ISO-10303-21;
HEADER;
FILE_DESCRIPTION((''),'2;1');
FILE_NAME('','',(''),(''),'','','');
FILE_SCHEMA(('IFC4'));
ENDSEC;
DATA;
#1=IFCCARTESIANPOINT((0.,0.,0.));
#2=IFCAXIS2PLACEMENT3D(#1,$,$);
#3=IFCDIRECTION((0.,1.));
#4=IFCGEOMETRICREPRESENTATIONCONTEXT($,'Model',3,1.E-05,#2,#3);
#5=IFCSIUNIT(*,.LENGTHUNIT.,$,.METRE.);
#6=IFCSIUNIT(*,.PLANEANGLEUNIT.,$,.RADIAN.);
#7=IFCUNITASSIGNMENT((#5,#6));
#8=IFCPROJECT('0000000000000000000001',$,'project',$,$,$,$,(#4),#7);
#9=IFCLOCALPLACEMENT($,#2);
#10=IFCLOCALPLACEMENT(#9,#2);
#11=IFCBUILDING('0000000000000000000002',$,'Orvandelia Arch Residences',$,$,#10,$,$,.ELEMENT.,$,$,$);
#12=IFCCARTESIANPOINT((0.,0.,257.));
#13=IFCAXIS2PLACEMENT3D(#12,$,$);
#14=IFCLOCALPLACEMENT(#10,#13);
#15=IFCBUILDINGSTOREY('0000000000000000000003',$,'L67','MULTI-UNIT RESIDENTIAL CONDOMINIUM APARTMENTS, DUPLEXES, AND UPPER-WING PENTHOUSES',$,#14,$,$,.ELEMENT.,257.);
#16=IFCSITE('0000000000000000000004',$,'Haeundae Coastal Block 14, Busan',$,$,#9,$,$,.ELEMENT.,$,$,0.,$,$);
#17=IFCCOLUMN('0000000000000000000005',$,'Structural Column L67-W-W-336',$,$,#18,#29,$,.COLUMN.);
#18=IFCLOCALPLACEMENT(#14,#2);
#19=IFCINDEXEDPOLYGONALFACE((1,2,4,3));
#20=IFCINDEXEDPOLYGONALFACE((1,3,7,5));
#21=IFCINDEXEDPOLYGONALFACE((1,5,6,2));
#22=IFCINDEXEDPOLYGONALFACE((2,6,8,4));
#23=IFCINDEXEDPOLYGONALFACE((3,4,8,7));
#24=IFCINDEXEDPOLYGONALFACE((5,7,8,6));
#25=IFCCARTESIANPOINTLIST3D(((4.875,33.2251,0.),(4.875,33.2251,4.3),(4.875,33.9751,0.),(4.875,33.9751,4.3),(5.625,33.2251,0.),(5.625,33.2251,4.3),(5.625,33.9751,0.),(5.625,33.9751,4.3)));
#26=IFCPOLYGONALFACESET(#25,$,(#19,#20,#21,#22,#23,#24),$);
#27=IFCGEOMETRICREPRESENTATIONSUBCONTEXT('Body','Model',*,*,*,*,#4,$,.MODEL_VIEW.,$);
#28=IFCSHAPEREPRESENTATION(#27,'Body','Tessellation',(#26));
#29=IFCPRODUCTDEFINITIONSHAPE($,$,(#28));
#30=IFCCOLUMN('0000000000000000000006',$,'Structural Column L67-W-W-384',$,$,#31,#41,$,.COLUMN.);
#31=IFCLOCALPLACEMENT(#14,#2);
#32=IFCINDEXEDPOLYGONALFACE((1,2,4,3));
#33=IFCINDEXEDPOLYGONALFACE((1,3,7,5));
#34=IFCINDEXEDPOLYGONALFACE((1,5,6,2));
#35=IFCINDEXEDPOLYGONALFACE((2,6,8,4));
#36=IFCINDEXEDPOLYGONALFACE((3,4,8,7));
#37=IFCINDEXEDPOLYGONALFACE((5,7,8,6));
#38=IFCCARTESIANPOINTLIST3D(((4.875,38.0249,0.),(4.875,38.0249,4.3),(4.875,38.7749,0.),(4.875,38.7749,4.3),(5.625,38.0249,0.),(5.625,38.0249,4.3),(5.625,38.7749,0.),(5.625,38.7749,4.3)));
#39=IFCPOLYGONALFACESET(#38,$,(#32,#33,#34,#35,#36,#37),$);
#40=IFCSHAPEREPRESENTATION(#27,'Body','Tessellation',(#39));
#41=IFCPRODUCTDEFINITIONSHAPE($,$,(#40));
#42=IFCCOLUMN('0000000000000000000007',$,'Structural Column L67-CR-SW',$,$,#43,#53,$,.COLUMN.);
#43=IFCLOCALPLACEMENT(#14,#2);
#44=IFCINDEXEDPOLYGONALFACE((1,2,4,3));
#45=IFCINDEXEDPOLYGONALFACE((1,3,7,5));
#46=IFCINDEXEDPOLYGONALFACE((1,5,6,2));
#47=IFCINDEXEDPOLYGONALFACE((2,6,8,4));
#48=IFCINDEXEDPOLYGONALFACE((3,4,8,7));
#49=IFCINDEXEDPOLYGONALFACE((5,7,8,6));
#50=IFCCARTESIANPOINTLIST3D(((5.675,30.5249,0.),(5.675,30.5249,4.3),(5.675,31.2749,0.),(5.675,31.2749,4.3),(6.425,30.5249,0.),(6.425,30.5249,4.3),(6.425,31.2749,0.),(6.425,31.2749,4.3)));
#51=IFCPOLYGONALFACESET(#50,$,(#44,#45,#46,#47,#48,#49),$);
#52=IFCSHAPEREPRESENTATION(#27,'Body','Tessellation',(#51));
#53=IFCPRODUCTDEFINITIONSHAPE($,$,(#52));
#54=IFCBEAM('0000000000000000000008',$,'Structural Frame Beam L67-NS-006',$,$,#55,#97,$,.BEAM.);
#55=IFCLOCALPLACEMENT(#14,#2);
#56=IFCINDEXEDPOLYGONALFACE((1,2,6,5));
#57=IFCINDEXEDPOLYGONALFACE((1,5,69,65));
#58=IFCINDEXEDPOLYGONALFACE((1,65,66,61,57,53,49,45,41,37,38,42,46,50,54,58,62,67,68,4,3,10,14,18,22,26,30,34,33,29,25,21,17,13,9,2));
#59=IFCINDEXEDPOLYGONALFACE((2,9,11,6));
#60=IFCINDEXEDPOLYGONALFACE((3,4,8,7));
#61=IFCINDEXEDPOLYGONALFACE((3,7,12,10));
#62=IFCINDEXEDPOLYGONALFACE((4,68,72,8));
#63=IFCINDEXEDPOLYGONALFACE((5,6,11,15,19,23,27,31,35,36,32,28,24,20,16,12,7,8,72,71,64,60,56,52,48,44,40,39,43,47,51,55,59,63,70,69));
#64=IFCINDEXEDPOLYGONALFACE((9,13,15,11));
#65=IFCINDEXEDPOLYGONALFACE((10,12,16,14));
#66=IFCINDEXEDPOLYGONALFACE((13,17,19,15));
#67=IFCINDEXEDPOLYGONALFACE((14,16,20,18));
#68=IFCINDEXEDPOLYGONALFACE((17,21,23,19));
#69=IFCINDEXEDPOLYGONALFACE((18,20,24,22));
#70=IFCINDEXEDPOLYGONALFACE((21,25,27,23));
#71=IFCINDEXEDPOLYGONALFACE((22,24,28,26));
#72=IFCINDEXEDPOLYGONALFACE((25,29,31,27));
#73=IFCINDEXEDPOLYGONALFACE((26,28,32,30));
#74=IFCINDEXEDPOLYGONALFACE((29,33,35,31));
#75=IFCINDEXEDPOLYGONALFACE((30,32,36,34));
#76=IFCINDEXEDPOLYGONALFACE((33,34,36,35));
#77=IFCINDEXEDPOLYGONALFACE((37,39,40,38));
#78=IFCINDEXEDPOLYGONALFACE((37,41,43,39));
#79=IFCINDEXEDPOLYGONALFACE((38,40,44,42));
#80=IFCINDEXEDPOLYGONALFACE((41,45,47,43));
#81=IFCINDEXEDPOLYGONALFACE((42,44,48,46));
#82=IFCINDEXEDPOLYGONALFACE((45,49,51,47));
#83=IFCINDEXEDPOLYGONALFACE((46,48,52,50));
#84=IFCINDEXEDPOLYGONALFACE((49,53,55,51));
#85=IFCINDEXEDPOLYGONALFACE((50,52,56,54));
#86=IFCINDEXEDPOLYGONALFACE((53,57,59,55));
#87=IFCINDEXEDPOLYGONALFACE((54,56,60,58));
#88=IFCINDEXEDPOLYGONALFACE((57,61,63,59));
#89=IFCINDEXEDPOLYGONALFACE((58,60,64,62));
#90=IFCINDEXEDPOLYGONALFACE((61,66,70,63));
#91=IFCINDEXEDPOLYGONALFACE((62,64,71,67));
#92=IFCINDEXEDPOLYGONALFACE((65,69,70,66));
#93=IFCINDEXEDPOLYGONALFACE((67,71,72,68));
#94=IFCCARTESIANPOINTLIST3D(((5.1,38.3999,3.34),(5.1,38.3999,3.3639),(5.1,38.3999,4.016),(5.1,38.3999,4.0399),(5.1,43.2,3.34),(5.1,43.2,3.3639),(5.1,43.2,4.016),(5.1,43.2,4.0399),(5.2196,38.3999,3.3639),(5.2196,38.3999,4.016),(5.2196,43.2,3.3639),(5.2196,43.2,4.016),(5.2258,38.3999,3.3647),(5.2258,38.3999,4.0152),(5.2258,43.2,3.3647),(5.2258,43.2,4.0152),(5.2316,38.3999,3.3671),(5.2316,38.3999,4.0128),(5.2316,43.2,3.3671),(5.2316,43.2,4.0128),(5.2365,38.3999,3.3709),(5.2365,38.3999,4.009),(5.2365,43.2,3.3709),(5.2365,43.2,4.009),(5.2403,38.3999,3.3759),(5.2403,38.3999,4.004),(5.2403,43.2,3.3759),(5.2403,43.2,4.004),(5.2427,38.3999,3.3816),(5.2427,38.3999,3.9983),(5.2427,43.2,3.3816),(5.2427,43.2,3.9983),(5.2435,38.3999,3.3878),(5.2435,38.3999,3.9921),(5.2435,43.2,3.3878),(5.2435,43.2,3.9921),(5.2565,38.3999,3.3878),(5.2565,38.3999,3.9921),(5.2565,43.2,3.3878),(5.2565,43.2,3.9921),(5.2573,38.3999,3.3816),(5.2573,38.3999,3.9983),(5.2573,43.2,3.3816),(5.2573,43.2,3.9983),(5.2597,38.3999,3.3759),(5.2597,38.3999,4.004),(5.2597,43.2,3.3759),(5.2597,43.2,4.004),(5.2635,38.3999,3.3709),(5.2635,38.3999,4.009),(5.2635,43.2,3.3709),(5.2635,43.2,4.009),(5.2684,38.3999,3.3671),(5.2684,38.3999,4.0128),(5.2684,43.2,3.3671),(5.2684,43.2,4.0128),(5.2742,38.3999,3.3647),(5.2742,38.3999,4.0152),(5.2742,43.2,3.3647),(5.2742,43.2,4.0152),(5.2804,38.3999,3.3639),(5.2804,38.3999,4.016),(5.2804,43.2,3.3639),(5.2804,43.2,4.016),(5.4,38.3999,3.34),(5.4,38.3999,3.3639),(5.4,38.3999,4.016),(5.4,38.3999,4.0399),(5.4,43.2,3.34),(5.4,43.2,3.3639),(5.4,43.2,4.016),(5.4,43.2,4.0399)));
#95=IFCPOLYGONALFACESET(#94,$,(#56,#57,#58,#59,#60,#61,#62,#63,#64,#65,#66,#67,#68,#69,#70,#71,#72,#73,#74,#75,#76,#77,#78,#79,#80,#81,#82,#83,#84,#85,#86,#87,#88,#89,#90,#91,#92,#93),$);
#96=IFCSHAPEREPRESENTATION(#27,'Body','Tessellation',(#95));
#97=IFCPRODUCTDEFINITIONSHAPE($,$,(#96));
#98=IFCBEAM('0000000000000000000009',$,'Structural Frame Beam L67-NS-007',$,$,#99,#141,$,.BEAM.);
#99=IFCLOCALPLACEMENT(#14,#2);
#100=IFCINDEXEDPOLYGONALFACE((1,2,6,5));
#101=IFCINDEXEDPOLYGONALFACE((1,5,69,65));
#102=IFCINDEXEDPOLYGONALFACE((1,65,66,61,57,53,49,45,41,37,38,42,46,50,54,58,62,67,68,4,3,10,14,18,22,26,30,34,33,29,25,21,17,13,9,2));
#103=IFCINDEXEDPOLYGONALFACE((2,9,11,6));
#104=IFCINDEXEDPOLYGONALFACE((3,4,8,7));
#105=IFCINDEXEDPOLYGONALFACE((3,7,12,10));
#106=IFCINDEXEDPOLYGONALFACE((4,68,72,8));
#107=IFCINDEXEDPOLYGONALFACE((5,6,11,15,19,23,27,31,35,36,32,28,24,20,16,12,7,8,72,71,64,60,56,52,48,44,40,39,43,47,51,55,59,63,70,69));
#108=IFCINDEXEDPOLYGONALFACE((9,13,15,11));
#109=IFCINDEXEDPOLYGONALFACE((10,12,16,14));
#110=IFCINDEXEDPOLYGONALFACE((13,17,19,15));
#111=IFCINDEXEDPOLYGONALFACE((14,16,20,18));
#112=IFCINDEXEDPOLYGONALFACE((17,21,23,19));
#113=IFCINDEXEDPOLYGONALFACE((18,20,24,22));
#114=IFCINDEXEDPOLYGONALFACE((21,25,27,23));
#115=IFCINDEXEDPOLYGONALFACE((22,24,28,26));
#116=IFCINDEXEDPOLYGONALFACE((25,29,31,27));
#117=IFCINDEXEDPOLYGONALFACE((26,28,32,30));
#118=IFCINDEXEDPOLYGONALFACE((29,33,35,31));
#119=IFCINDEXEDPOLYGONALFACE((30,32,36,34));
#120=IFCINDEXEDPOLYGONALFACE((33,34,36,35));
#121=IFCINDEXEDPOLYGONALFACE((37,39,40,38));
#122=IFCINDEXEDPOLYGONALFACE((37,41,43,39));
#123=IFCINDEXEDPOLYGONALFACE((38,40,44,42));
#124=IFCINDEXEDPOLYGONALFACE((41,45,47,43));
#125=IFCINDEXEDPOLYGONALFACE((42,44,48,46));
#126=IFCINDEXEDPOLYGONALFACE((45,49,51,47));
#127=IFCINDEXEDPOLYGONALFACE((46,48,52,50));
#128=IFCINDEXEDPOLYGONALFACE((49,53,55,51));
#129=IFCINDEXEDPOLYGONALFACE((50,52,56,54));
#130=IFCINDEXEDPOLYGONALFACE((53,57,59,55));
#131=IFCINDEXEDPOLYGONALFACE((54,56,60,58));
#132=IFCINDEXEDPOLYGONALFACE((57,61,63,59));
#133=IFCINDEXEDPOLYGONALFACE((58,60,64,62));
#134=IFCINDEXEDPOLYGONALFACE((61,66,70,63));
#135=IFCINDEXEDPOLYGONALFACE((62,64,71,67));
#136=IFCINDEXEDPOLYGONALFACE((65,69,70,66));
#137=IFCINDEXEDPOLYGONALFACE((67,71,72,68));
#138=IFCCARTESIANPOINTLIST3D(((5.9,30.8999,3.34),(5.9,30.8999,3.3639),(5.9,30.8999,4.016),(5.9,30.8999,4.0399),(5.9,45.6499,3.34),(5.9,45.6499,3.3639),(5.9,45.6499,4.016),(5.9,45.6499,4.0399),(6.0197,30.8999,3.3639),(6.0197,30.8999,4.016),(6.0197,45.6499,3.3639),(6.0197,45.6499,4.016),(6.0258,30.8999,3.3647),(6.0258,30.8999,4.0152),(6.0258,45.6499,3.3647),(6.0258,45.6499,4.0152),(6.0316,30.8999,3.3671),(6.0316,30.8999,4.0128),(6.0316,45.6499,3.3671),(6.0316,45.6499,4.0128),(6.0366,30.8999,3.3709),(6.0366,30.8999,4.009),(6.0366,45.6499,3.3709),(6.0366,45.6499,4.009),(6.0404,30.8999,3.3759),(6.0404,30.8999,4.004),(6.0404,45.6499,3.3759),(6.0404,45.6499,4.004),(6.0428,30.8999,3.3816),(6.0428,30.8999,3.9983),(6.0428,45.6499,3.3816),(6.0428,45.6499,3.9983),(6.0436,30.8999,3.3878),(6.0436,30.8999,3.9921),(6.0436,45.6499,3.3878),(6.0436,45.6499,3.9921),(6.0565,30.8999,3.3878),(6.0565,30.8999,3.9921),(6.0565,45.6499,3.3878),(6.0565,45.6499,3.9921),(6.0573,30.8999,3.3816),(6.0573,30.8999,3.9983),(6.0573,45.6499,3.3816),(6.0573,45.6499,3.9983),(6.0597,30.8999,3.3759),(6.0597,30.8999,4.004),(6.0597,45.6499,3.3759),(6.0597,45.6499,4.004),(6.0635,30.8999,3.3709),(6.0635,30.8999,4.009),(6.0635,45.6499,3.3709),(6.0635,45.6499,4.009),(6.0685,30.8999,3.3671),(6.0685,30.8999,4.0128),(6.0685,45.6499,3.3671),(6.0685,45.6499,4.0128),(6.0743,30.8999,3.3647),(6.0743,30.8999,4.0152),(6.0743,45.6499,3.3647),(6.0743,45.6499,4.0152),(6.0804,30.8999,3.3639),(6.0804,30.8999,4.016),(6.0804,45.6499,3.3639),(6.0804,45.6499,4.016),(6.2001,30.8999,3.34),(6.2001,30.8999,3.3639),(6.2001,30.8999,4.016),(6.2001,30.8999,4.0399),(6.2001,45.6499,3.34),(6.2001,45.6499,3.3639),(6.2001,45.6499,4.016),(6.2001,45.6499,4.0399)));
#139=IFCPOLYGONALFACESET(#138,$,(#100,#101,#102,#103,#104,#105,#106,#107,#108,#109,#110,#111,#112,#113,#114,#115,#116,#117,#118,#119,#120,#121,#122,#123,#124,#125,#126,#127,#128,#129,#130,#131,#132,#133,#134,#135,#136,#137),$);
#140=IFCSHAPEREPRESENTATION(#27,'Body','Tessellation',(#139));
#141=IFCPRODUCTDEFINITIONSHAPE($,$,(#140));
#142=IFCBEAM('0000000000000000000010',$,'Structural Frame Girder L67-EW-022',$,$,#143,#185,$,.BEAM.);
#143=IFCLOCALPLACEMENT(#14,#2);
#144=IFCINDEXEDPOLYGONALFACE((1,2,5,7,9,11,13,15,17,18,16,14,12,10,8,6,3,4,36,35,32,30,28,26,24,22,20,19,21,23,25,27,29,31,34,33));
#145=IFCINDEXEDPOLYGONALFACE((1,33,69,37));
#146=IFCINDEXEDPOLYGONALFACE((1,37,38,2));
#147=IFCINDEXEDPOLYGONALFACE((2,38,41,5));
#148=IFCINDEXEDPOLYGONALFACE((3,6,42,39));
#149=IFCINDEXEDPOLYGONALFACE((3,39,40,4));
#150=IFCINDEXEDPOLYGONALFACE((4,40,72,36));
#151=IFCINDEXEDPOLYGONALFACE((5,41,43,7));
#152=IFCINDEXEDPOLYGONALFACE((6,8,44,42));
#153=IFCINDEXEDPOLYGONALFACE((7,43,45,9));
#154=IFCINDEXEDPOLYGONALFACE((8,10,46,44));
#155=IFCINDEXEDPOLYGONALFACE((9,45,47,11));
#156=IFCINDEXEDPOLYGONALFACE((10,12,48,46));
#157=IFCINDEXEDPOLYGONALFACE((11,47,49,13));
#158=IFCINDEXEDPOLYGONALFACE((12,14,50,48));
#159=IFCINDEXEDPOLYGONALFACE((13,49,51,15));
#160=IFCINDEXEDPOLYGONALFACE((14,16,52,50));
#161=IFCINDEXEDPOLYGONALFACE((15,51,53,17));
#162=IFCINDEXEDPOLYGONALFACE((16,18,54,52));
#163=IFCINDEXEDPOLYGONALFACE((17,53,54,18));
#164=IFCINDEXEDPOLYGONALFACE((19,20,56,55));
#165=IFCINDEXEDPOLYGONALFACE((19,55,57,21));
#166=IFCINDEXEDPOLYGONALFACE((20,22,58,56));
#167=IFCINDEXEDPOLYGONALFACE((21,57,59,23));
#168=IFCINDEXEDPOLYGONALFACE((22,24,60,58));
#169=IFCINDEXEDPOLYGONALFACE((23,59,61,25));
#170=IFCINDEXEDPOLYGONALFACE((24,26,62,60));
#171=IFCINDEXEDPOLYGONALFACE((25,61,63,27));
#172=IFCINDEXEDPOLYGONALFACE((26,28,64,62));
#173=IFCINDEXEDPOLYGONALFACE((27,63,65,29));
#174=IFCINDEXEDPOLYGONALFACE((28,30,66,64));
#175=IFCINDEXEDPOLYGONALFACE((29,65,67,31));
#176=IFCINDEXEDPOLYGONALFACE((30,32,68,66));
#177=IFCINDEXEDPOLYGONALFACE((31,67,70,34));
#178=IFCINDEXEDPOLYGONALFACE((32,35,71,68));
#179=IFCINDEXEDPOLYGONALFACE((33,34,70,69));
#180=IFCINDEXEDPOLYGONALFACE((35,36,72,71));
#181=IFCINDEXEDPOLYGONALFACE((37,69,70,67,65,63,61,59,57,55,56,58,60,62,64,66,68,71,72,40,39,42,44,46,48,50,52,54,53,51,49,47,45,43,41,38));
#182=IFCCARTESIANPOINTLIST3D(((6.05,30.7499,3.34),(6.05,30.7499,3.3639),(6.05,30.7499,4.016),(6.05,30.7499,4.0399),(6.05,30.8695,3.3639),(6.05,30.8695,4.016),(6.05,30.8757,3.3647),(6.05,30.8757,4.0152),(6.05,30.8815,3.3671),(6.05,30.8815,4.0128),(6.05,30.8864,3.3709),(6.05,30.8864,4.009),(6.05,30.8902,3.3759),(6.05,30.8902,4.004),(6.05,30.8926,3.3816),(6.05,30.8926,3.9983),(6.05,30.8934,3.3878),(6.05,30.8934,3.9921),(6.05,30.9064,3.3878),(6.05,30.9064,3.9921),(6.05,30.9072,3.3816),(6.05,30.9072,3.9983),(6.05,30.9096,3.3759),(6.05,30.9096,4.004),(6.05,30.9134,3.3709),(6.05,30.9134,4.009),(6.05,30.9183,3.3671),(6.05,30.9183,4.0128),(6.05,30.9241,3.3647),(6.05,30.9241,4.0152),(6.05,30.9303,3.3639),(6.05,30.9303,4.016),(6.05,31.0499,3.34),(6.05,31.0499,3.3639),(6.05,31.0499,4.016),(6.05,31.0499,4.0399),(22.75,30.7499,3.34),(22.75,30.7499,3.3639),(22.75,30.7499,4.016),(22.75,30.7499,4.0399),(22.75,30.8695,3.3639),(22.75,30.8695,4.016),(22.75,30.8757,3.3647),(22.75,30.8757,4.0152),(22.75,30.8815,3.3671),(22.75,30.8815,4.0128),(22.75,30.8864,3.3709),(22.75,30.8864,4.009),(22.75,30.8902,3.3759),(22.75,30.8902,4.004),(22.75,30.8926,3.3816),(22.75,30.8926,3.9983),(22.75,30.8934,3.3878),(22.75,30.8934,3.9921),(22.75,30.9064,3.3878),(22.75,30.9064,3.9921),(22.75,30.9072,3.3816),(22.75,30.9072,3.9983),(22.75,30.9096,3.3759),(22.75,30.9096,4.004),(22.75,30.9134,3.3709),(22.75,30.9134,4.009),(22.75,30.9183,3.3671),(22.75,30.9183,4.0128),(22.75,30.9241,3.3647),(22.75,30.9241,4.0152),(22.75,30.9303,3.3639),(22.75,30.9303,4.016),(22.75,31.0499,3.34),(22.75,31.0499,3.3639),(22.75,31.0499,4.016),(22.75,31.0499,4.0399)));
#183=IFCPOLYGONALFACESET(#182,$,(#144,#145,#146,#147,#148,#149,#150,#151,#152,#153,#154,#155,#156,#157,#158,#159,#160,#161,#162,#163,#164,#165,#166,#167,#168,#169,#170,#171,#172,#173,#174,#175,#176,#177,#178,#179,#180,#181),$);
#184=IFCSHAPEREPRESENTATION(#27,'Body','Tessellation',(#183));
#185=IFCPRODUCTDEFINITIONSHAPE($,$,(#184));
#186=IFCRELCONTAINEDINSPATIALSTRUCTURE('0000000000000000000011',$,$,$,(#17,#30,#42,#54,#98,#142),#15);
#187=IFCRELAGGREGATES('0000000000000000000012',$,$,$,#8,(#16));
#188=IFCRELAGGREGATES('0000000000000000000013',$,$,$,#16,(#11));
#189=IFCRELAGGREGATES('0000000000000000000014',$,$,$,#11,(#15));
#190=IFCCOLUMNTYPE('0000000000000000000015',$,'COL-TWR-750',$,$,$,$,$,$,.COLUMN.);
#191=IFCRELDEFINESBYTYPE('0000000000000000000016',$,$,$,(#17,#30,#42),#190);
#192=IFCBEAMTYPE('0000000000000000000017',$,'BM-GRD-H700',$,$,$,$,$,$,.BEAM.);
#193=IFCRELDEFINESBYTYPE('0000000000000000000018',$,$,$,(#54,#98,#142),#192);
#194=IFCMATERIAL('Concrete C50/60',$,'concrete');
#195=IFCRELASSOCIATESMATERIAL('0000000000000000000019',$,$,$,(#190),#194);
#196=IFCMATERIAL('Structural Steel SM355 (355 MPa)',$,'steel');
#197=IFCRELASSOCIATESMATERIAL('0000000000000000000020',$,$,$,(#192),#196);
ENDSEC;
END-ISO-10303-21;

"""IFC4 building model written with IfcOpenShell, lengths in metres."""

from ifc_helpers import new_model, si_unit, direction, frame, origin, origin_2d, place, context, subcontext, project, spatial, rectangle, i_section, extrude, material, material_profile, profile_set, type_object, element, save


model = new_model("IFC4")

# Units and contexts
model_context = context("Model", 3, precision=1e-05, world=origin(), true_north=direction((0.0, 1.0)))
body_context = subcontext(model_context, "Body", "Model", "MODEL_VIEW")
ifc_project = project(units=[si_unit("LENGTHUNIT", "METRE"), si_unit("PLANEANGLEUNIT", "RADIAN")], contexts=[model_context])

# Site, building, storey
site_placement = place(None, origin())
site = spatial("IfcSite", under=ifc_project, at=site_placement, Name="Haeundae Coastal Block 14, Busan", CompositionType="ELEMENT", RefElevation=0.0)
building_placement = place(site_placement, origin())
building = spatial("IfcBuilding", under=site, at=building_placement, Name="Orvandelia Arch Residences", CompositionType="ELEMENT")
storey_placement = place(building_placement, frame((0.0, 0.0, 257.0)))
storey = spatial("IfcBuildingStorey", under=building, at=storey_placement, Name="L67", Description="MULTI-UNIT RESIDENTIAL CONDOMINIUM APARTMENTS, DUPLEXES, AND UPPER-WING PENTHOUSES", CompositionType="ELEMENT", Elevation=257.0)

# Columns
ifc_material_1 = material(Name="Concrete C50/60", Category="concrete")
ifc_material_profile_1 = material_profile(ifc_material_1, rectangle(XDim=0.75, YDim=0.75, at=origin_2d()), Name="Concrete C50/60", Category="concrete")
ifc_profile_set_1 = profile_set([ifc_material_profile_1], Name="Concrete C50/60")
column_type = type_object("IfcColumnType", Name="COL-TWR-750", PredefinedType="COLUMN", material=ifc_profile_set_1)
for number, where, z_axis, x_axis, name in (
    (1, (5.25, 33.6001, 0.0), (0.0, 0.0, 1.0), (1.0, 0.0, 0.0), "Structural Column L67-W-W-336"),
    (2, (5.25, 38.3999, 0.0), (0.0, 0.0, 1.0), (1.0, 0.0, 0.0), "Structural Column L67-W-W-384"),
    (3, (6.05, 30.8999, 0.0), (0.0, 0.0, 1.0), (1.0, 0.0, 0.0), "Structural Column L67-CR-SW"),
):
    element("IfcColumn", number, at=place(storey_placement, frame(where, z_axis=z_axis, x_axis=x_axis)), inside=storey, type_object=column_type, Name=name, PredefinedType="COLUMN", context=body_context, shape_type="SweptSolid", body=[
        extrude(rectangle(XDim=0.75, YDim=0.75, at=origin_2d()), origin(), (0.0, 0.0, 1.0), 4.3),
    ])

# Beams
ifc_material_2 = material(Name="Structural Steel SM355 (355 MPa)", Category="steel")
ifc_material_profile_2 = material_profile(ifc_material_2, i_section(OverallWidth=0.3, OverallDepth=0.7, WebThickness=0.0129, FlangeThickness=0.0239, FilletRadius=0.0239, at=origin_2d()), Name="Structural Steel SM355 (355 MPa)", Category="steel")
ifc_profile_set_2 = profile_set([ifc_material_profile_2], Name="Structural Steel SM355 (355 MPa)")
beam_type_1 = type_object("IfcBeamType", Name="BM-GRD-H700", PredefinedType="BEAM", material=ifc_profile_set_2)
beam_1_placement = place(storey_placement, frame((5.25, 38.3999, 3.6899), z_axis=(0.0, 1.0, 0.0), x_axis=(-1.0, 0.0, 0.0)))
element("IfcBeam", 4, at=beam_1_placement, inside=storey, type_object=beam_type_1, Name="Structural Frame Beam L67-NS-006", PredefinedType="BEAM", context=body_context, shape_type="SweptSolid", body=[
    extrude(i_section(OverallWidth=0.3, OverallDepth=0.7, WebThickness=0.0129, FlangeThickness=0.0239, FilletRadius=0.0239, at=origin_2d()), origin(), (0.0, 0.0, 1.0), 4.8),
])
beam_2_placement = place(storey_placement, frame((6.05, 30.8999, 3.6899), z_axis=(0.0, 1.0, 0.0), x_axis=(-1.0, 0.0, 0.0)))
element("IfcBeam", 5, at=beam_2_placement, inside=storey, type_object=beam_type_1, Name="Structural Frame Beam L67-NS-007", PredefinedType="BEAM", context=body_context, shape_type="SweptSolid", body=[
    extrude(i_section(OverallWidth=0.3, OverallDepth=0.7, WebThickness=0.0129, FlangeThickness=0.0239, FilletRadius=0.0239, at=origin_2d()), origin(), (0.0, 0.0, 1.0), 14.75),
])
beam_3_placement = place(storey_placement, frame((6.05, 30.8999, 3.6899), z_axis=(1.0, 0.0, 0.0), x_axis=(0.0, 1.0, 0.0)))
element("IfcBeam", 6, at=beam_3_placement, inside=storey, type_object=beam_type_1, Name="Structural Frame Girder L67-EW-022", PredefinedType="BEAM", context=body_context, shape_type="SweptSolid", body=[
    extrude(i_section(OverallWidth=0.3, OverallDepth=0.7, WebThickness=0.0129, FlangeThickness=0.0239, FilletRadius=0.0239, at=origin_2d()), origin(), (0.0, 0.0, 1.0), 16.7),
])

save(model, "model.ifc")
